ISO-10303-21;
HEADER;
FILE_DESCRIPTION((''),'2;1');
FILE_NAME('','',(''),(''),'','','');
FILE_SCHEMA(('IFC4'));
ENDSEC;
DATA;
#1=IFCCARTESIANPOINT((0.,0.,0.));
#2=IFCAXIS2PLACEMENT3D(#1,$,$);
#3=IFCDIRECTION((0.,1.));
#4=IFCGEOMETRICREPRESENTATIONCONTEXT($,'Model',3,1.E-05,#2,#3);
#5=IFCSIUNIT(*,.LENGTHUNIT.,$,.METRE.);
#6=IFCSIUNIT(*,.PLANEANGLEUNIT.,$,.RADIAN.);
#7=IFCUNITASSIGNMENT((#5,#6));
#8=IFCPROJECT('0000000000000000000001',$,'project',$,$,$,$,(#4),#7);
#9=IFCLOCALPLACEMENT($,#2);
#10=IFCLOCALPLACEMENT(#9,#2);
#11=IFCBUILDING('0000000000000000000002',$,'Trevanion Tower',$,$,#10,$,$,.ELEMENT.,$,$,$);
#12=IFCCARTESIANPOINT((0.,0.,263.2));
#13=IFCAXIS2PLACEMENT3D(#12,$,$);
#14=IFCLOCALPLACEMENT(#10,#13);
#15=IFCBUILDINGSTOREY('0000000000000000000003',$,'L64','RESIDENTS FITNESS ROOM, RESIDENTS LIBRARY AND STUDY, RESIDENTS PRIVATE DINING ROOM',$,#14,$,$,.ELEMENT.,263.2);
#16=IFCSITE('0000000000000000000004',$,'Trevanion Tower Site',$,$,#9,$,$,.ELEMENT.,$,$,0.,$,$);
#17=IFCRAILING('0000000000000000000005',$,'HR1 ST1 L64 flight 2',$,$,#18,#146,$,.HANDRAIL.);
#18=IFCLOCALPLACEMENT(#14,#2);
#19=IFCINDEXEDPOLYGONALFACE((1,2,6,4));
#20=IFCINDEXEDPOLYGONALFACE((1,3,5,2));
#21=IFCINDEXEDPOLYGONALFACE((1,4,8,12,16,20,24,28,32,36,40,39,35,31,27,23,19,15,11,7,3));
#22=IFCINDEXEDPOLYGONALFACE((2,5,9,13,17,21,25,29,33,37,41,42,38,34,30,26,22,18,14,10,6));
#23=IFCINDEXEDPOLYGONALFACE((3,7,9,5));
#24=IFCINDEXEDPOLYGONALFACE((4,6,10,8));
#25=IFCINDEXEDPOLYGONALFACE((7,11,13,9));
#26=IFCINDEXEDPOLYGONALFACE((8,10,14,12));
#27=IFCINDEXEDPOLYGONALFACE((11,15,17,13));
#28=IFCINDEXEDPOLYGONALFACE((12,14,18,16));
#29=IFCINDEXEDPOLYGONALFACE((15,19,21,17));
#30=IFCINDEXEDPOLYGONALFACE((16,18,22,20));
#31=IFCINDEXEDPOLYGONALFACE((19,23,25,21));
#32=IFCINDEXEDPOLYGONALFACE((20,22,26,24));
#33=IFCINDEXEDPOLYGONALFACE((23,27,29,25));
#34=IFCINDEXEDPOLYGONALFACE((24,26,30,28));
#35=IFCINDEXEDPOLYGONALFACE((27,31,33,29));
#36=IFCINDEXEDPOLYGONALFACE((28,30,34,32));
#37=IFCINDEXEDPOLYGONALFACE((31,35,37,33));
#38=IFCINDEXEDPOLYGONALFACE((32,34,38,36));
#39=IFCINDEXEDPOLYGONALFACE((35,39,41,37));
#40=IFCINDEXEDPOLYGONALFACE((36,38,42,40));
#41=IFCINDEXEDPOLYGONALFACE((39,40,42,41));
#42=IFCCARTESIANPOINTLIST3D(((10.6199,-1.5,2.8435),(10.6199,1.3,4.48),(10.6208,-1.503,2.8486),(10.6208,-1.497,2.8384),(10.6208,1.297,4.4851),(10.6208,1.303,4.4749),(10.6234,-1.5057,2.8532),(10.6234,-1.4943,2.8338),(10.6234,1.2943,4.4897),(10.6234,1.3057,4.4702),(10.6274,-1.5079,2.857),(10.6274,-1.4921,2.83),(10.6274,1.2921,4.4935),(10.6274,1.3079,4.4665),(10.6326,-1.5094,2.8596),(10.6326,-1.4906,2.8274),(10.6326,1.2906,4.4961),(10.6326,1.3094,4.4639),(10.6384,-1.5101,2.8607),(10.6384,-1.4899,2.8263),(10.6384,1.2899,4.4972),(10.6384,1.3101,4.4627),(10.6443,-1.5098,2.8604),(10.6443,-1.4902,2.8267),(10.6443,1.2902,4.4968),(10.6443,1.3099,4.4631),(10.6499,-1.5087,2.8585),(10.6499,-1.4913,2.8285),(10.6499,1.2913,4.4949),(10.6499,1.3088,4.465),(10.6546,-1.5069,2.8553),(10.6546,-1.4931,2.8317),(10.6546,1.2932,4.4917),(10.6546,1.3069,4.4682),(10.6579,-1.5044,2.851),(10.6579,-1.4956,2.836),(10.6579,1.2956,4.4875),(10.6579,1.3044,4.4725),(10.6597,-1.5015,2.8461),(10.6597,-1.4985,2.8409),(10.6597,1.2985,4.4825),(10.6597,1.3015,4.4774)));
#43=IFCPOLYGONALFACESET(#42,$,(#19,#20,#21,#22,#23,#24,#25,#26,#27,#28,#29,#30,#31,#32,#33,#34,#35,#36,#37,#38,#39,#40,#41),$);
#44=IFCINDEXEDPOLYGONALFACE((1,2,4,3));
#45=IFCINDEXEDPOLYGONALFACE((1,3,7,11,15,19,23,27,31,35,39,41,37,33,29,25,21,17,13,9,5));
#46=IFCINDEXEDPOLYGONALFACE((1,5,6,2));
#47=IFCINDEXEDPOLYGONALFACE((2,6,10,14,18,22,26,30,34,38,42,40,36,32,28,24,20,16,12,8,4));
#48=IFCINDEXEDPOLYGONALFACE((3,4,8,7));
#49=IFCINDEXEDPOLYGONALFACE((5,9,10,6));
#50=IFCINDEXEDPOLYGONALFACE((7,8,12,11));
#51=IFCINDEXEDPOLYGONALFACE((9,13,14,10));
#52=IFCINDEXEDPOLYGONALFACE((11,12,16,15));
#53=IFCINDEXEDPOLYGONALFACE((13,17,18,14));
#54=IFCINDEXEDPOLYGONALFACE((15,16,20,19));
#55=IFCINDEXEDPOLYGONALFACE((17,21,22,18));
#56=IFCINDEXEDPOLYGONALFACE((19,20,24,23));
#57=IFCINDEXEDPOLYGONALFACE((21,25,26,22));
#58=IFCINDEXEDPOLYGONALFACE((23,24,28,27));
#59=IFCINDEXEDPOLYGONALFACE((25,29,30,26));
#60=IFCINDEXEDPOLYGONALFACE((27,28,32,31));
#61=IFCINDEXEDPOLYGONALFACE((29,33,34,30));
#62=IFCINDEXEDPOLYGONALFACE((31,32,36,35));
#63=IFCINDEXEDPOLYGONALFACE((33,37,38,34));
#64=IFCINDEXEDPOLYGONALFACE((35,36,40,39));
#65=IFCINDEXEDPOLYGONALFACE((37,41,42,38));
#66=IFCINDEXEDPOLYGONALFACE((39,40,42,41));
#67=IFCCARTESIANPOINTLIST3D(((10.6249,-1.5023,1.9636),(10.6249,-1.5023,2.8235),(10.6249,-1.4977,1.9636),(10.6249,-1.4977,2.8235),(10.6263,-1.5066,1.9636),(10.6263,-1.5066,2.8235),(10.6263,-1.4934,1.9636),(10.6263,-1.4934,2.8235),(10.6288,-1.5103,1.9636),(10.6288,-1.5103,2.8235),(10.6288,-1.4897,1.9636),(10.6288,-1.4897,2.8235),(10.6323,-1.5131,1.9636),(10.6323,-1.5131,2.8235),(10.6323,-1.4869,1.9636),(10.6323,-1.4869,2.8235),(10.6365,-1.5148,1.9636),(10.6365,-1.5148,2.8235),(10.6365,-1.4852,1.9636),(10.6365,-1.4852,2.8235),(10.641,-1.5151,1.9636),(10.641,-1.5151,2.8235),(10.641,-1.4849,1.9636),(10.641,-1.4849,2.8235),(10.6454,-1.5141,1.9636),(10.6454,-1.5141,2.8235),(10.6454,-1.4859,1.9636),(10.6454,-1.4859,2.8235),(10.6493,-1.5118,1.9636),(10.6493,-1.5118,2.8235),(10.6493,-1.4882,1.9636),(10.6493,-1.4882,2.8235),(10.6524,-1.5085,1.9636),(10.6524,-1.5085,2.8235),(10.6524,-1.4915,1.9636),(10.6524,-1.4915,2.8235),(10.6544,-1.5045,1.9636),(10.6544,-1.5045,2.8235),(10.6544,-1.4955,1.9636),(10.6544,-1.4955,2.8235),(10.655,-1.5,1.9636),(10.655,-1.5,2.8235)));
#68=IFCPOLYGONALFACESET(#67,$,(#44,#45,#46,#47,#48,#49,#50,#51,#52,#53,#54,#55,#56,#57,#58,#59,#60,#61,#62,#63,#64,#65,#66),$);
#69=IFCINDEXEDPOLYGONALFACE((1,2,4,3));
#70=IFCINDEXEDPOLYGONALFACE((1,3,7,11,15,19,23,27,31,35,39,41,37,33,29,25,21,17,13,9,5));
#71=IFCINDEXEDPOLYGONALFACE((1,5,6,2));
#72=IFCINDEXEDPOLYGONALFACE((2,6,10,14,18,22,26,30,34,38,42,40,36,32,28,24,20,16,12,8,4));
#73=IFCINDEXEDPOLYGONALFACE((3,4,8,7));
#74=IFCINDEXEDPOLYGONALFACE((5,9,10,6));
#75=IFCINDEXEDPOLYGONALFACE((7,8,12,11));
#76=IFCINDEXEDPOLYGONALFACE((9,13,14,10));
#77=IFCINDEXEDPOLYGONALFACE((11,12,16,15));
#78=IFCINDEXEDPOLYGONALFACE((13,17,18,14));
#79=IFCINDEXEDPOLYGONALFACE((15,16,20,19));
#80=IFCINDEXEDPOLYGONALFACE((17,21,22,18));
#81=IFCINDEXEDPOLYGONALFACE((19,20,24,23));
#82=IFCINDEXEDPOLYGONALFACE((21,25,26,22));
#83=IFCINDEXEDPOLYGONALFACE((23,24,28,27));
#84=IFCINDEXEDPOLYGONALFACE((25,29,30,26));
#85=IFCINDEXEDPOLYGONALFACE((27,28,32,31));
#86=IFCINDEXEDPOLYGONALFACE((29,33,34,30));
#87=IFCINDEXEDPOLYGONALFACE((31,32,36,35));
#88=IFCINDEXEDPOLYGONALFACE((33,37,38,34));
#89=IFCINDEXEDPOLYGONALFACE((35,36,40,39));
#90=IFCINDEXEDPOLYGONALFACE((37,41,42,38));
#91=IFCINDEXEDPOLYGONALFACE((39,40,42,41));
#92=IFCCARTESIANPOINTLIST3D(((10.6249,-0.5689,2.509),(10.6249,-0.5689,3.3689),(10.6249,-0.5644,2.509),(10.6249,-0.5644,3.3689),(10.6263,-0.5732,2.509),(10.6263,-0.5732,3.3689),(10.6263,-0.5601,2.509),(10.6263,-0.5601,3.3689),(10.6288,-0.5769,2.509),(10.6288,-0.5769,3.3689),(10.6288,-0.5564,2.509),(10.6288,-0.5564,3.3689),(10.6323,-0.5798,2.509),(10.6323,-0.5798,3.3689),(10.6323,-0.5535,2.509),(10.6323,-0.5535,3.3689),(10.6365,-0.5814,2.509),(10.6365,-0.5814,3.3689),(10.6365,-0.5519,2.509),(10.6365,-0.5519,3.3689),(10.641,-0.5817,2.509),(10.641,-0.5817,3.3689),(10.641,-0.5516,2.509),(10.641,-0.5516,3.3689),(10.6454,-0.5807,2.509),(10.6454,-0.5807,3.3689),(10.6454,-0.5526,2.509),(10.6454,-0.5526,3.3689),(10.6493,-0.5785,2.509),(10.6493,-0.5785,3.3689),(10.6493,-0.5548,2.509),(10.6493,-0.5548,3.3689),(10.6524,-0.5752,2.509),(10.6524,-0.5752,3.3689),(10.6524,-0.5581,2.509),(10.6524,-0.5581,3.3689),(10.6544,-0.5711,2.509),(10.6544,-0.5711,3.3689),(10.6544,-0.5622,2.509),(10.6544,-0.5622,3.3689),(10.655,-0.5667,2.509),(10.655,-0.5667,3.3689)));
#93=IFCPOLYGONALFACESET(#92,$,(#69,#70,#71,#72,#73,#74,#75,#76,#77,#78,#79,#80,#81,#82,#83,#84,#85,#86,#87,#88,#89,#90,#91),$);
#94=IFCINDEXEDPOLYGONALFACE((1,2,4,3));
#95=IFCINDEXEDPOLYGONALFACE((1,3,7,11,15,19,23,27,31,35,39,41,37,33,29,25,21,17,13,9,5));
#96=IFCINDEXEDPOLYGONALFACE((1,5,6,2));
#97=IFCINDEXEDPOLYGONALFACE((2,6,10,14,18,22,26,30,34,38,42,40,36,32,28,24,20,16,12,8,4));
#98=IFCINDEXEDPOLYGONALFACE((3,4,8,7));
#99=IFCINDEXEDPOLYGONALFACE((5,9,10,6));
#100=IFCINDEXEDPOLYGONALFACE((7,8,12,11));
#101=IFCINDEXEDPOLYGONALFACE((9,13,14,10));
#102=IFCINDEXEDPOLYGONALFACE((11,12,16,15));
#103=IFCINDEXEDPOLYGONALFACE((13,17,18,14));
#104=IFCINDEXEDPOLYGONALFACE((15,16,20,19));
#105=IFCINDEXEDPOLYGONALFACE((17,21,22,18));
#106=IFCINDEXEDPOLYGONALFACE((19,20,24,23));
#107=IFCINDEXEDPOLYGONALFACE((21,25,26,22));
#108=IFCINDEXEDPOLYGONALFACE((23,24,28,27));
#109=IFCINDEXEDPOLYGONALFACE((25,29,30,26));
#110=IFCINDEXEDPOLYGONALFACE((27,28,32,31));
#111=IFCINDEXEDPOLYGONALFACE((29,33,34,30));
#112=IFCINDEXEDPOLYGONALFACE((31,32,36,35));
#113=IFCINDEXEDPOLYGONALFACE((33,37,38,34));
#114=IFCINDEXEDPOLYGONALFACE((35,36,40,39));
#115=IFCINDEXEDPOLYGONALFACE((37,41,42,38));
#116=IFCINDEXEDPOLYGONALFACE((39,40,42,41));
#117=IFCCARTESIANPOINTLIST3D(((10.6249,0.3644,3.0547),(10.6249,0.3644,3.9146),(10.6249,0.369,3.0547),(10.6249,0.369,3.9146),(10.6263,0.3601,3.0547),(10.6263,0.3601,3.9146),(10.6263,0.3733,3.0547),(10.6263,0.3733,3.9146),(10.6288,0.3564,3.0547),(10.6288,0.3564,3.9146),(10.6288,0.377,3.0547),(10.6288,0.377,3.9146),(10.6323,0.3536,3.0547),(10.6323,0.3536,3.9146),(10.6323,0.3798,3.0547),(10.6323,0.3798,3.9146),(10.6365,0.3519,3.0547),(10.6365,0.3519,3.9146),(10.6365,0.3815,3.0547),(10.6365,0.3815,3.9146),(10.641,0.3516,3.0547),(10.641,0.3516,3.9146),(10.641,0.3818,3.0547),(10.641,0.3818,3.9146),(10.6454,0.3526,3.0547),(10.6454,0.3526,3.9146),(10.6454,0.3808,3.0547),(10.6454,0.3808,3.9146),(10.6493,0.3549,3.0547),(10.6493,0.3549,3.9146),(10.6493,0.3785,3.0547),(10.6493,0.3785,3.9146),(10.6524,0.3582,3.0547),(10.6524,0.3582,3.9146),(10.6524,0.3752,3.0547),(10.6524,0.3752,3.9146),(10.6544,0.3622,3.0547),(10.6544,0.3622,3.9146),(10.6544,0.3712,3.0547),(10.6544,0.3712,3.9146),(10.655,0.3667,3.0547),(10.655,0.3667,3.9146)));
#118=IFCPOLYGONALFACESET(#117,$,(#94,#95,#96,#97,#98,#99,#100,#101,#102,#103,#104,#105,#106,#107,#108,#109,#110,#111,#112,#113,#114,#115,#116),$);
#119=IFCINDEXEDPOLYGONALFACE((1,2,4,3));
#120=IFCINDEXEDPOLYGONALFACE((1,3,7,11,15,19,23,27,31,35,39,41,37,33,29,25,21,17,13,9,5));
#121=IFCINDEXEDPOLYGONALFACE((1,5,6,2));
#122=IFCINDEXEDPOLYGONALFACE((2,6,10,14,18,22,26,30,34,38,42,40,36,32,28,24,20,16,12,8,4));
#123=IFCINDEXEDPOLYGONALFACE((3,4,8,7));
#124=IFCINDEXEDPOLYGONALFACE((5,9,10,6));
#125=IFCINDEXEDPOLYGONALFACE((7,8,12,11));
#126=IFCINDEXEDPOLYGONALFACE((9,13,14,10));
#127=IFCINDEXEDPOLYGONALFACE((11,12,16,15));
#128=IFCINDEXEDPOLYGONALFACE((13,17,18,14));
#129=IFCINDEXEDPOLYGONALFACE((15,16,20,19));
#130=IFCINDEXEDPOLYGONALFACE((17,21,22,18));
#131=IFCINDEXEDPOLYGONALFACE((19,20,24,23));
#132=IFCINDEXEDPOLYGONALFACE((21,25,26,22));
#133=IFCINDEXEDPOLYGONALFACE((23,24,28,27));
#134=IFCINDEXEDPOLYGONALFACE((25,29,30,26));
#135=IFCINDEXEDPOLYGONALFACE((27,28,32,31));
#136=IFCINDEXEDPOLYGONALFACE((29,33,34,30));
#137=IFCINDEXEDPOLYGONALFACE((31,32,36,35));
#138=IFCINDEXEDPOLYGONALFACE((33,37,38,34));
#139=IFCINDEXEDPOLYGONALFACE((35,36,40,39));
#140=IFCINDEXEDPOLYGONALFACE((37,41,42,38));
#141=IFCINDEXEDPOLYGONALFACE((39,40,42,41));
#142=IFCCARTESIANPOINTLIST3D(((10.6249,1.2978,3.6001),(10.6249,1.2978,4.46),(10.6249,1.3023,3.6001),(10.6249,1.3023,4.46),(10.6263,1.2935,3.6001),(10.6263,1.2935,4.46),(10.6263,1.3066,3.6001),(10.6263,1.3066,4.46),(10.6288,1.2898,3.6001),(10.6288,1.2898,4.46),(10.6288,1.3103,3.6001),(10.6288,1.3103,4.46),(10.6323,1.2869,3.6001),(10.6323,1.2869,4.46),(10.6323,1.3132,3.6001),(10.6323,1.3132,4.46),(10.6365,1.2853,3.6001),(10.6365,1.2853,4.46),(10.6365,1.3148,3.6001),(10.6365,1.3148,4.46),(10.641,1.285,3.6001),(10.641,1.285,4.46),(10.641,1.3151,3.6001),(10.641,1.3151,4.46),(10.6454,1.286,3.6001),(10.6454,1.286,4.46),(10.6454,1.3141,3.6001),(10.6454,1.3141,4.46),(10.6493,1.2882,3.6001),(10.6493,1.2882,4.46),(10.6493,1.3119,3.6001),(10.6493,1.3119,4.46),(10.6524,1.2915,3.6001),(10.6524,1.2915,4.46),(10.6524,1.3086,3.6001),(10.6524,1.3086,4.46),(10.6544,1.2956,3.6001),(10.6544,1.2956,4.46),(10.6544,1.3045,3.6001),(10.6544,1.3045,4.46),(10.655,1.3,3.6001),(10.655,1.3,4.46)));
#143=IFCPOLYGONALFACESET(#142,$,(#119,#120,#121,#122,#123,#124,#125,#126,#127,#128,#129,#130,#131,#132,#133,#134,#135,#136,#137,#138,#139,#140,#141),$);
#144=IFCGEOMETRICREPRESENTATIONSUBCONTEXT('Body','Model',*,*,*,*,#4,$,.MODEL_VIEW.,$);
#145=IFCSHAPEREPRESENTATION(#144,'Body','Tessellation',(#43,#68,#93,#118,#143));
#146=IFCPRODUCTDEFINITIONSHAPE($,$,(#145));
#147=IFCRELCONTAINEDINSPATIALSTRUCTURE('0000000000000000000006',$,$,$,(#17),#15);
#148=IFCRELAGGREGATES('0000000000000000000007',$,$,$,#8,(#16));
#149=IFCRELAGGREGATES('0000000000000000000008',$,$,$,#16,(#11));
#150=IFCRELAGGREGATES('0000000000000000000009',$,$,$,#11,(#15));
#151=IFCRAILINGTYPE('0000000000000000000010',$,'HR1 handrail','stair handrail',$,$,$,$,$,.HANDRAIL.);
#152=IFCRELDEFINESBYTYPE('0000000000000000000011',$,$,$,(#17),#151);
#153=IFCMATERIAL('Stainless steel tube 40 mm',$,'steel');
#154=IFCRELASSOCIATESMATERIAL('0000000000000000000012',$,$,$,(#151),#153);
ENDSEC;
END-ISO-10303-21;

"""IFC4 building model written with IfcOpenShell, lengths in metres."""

from ifc_helpers import new_model, si_unit, direction, frame, origin, origin_2d, place, context, subcontext, project, spatial, circle, extrude, material, type_object, element, save


model = new_model("IFC4")

# Units and contexts
model_context = context("Model", 3, precision=1e-05, world=origin(), true_north=direction((0.0, 1.0)))
body_context = subcontext(model_context, "Body", "Model", "MODEL_VIEW")
ifc_project = project(units=[si_unit("LENGTHUNIT", "METRE"), si_unit("PLANEANGLEUNIT", "RADIAN")], contexts=[model_context])

# Site, building, storey
site_placement = place(None, origin())
site = spatial("IfcSite", under=ifc_project, at=site_placement, Name="Trevanion Tower Site", CompositionType="ELEMENT", RefElevation=0.0)
building_placement = place(site_placement, origin())
building = spatial("IfcBuilding", under=site, at=building_placement, Name="Trevanion Tower", CompositionType="ELEMENT")
storey_placement = place(building_placement, frame((0.0, 0.0, 263.2)))
storey = spatial("IfcBuildingStorey", under=building, at=storey_placement, Name="L64", Description="RESIDENTS FITNESS ROOM, RESIDENTS LIBRARY AND STUDY, RESIDENTS PRIVATE DINING ROOM", CompositionType="ELEMENT", Elevation=263.2)

# Railing
ifc_material_1 = material(Name="Stainless steel tube 40 mm", Category="steel")
railing_type = type_object("IfcRailingType", Name="HR1 handrail", Description="stair handrail", PredefinedType="HANDRAIL", material=ifc_material_1)
railing_placement = place(storey_placement, frame((10.6399, -1.5, 1.9636)))
element("IfcRailing", 1, at=railing_placement, inside=storey, type_object=railing_type, Name="HR1 ST1 L64 flight 2", PredefinedType="HANDRAIL", context=body_context, shape_type="SweptSolid", body=[
    extrude(circle(Radius=0.02, at=origin_2d()), frame((0.0, 0.0, 0.8799), z_axis=(0.0, 0.863361, 0.504587), x_axis=(-1.0, 0.0, 0.0)), (0.0, 0.0, 1.0), 3.2432),
    extrude(circle(Radius=0.0151, at=origin_2d()), origin(), (0.0, 0.0, 1.0), 0.8599),
    extrude(circle(Radius=0.0151, at=origin_2d()), frame((0.0, 0.9333, 0.5454)), (0.0, 0.0, 1.0), 0.8599),
    extrude(circle(Radius=0.0151, at=origin_2d()), frame((0.0, 1.8667, 1.0911)), (0.0, 0.0, 1.0), 0.8599),
    extrude(circle(Radius=0.0151, at=origin_2d()), frame((0.0, 2.8, 1.6365)), (0.0, 0.0, 1.0), 0.8599),
])

save(model, "model.ifc")
